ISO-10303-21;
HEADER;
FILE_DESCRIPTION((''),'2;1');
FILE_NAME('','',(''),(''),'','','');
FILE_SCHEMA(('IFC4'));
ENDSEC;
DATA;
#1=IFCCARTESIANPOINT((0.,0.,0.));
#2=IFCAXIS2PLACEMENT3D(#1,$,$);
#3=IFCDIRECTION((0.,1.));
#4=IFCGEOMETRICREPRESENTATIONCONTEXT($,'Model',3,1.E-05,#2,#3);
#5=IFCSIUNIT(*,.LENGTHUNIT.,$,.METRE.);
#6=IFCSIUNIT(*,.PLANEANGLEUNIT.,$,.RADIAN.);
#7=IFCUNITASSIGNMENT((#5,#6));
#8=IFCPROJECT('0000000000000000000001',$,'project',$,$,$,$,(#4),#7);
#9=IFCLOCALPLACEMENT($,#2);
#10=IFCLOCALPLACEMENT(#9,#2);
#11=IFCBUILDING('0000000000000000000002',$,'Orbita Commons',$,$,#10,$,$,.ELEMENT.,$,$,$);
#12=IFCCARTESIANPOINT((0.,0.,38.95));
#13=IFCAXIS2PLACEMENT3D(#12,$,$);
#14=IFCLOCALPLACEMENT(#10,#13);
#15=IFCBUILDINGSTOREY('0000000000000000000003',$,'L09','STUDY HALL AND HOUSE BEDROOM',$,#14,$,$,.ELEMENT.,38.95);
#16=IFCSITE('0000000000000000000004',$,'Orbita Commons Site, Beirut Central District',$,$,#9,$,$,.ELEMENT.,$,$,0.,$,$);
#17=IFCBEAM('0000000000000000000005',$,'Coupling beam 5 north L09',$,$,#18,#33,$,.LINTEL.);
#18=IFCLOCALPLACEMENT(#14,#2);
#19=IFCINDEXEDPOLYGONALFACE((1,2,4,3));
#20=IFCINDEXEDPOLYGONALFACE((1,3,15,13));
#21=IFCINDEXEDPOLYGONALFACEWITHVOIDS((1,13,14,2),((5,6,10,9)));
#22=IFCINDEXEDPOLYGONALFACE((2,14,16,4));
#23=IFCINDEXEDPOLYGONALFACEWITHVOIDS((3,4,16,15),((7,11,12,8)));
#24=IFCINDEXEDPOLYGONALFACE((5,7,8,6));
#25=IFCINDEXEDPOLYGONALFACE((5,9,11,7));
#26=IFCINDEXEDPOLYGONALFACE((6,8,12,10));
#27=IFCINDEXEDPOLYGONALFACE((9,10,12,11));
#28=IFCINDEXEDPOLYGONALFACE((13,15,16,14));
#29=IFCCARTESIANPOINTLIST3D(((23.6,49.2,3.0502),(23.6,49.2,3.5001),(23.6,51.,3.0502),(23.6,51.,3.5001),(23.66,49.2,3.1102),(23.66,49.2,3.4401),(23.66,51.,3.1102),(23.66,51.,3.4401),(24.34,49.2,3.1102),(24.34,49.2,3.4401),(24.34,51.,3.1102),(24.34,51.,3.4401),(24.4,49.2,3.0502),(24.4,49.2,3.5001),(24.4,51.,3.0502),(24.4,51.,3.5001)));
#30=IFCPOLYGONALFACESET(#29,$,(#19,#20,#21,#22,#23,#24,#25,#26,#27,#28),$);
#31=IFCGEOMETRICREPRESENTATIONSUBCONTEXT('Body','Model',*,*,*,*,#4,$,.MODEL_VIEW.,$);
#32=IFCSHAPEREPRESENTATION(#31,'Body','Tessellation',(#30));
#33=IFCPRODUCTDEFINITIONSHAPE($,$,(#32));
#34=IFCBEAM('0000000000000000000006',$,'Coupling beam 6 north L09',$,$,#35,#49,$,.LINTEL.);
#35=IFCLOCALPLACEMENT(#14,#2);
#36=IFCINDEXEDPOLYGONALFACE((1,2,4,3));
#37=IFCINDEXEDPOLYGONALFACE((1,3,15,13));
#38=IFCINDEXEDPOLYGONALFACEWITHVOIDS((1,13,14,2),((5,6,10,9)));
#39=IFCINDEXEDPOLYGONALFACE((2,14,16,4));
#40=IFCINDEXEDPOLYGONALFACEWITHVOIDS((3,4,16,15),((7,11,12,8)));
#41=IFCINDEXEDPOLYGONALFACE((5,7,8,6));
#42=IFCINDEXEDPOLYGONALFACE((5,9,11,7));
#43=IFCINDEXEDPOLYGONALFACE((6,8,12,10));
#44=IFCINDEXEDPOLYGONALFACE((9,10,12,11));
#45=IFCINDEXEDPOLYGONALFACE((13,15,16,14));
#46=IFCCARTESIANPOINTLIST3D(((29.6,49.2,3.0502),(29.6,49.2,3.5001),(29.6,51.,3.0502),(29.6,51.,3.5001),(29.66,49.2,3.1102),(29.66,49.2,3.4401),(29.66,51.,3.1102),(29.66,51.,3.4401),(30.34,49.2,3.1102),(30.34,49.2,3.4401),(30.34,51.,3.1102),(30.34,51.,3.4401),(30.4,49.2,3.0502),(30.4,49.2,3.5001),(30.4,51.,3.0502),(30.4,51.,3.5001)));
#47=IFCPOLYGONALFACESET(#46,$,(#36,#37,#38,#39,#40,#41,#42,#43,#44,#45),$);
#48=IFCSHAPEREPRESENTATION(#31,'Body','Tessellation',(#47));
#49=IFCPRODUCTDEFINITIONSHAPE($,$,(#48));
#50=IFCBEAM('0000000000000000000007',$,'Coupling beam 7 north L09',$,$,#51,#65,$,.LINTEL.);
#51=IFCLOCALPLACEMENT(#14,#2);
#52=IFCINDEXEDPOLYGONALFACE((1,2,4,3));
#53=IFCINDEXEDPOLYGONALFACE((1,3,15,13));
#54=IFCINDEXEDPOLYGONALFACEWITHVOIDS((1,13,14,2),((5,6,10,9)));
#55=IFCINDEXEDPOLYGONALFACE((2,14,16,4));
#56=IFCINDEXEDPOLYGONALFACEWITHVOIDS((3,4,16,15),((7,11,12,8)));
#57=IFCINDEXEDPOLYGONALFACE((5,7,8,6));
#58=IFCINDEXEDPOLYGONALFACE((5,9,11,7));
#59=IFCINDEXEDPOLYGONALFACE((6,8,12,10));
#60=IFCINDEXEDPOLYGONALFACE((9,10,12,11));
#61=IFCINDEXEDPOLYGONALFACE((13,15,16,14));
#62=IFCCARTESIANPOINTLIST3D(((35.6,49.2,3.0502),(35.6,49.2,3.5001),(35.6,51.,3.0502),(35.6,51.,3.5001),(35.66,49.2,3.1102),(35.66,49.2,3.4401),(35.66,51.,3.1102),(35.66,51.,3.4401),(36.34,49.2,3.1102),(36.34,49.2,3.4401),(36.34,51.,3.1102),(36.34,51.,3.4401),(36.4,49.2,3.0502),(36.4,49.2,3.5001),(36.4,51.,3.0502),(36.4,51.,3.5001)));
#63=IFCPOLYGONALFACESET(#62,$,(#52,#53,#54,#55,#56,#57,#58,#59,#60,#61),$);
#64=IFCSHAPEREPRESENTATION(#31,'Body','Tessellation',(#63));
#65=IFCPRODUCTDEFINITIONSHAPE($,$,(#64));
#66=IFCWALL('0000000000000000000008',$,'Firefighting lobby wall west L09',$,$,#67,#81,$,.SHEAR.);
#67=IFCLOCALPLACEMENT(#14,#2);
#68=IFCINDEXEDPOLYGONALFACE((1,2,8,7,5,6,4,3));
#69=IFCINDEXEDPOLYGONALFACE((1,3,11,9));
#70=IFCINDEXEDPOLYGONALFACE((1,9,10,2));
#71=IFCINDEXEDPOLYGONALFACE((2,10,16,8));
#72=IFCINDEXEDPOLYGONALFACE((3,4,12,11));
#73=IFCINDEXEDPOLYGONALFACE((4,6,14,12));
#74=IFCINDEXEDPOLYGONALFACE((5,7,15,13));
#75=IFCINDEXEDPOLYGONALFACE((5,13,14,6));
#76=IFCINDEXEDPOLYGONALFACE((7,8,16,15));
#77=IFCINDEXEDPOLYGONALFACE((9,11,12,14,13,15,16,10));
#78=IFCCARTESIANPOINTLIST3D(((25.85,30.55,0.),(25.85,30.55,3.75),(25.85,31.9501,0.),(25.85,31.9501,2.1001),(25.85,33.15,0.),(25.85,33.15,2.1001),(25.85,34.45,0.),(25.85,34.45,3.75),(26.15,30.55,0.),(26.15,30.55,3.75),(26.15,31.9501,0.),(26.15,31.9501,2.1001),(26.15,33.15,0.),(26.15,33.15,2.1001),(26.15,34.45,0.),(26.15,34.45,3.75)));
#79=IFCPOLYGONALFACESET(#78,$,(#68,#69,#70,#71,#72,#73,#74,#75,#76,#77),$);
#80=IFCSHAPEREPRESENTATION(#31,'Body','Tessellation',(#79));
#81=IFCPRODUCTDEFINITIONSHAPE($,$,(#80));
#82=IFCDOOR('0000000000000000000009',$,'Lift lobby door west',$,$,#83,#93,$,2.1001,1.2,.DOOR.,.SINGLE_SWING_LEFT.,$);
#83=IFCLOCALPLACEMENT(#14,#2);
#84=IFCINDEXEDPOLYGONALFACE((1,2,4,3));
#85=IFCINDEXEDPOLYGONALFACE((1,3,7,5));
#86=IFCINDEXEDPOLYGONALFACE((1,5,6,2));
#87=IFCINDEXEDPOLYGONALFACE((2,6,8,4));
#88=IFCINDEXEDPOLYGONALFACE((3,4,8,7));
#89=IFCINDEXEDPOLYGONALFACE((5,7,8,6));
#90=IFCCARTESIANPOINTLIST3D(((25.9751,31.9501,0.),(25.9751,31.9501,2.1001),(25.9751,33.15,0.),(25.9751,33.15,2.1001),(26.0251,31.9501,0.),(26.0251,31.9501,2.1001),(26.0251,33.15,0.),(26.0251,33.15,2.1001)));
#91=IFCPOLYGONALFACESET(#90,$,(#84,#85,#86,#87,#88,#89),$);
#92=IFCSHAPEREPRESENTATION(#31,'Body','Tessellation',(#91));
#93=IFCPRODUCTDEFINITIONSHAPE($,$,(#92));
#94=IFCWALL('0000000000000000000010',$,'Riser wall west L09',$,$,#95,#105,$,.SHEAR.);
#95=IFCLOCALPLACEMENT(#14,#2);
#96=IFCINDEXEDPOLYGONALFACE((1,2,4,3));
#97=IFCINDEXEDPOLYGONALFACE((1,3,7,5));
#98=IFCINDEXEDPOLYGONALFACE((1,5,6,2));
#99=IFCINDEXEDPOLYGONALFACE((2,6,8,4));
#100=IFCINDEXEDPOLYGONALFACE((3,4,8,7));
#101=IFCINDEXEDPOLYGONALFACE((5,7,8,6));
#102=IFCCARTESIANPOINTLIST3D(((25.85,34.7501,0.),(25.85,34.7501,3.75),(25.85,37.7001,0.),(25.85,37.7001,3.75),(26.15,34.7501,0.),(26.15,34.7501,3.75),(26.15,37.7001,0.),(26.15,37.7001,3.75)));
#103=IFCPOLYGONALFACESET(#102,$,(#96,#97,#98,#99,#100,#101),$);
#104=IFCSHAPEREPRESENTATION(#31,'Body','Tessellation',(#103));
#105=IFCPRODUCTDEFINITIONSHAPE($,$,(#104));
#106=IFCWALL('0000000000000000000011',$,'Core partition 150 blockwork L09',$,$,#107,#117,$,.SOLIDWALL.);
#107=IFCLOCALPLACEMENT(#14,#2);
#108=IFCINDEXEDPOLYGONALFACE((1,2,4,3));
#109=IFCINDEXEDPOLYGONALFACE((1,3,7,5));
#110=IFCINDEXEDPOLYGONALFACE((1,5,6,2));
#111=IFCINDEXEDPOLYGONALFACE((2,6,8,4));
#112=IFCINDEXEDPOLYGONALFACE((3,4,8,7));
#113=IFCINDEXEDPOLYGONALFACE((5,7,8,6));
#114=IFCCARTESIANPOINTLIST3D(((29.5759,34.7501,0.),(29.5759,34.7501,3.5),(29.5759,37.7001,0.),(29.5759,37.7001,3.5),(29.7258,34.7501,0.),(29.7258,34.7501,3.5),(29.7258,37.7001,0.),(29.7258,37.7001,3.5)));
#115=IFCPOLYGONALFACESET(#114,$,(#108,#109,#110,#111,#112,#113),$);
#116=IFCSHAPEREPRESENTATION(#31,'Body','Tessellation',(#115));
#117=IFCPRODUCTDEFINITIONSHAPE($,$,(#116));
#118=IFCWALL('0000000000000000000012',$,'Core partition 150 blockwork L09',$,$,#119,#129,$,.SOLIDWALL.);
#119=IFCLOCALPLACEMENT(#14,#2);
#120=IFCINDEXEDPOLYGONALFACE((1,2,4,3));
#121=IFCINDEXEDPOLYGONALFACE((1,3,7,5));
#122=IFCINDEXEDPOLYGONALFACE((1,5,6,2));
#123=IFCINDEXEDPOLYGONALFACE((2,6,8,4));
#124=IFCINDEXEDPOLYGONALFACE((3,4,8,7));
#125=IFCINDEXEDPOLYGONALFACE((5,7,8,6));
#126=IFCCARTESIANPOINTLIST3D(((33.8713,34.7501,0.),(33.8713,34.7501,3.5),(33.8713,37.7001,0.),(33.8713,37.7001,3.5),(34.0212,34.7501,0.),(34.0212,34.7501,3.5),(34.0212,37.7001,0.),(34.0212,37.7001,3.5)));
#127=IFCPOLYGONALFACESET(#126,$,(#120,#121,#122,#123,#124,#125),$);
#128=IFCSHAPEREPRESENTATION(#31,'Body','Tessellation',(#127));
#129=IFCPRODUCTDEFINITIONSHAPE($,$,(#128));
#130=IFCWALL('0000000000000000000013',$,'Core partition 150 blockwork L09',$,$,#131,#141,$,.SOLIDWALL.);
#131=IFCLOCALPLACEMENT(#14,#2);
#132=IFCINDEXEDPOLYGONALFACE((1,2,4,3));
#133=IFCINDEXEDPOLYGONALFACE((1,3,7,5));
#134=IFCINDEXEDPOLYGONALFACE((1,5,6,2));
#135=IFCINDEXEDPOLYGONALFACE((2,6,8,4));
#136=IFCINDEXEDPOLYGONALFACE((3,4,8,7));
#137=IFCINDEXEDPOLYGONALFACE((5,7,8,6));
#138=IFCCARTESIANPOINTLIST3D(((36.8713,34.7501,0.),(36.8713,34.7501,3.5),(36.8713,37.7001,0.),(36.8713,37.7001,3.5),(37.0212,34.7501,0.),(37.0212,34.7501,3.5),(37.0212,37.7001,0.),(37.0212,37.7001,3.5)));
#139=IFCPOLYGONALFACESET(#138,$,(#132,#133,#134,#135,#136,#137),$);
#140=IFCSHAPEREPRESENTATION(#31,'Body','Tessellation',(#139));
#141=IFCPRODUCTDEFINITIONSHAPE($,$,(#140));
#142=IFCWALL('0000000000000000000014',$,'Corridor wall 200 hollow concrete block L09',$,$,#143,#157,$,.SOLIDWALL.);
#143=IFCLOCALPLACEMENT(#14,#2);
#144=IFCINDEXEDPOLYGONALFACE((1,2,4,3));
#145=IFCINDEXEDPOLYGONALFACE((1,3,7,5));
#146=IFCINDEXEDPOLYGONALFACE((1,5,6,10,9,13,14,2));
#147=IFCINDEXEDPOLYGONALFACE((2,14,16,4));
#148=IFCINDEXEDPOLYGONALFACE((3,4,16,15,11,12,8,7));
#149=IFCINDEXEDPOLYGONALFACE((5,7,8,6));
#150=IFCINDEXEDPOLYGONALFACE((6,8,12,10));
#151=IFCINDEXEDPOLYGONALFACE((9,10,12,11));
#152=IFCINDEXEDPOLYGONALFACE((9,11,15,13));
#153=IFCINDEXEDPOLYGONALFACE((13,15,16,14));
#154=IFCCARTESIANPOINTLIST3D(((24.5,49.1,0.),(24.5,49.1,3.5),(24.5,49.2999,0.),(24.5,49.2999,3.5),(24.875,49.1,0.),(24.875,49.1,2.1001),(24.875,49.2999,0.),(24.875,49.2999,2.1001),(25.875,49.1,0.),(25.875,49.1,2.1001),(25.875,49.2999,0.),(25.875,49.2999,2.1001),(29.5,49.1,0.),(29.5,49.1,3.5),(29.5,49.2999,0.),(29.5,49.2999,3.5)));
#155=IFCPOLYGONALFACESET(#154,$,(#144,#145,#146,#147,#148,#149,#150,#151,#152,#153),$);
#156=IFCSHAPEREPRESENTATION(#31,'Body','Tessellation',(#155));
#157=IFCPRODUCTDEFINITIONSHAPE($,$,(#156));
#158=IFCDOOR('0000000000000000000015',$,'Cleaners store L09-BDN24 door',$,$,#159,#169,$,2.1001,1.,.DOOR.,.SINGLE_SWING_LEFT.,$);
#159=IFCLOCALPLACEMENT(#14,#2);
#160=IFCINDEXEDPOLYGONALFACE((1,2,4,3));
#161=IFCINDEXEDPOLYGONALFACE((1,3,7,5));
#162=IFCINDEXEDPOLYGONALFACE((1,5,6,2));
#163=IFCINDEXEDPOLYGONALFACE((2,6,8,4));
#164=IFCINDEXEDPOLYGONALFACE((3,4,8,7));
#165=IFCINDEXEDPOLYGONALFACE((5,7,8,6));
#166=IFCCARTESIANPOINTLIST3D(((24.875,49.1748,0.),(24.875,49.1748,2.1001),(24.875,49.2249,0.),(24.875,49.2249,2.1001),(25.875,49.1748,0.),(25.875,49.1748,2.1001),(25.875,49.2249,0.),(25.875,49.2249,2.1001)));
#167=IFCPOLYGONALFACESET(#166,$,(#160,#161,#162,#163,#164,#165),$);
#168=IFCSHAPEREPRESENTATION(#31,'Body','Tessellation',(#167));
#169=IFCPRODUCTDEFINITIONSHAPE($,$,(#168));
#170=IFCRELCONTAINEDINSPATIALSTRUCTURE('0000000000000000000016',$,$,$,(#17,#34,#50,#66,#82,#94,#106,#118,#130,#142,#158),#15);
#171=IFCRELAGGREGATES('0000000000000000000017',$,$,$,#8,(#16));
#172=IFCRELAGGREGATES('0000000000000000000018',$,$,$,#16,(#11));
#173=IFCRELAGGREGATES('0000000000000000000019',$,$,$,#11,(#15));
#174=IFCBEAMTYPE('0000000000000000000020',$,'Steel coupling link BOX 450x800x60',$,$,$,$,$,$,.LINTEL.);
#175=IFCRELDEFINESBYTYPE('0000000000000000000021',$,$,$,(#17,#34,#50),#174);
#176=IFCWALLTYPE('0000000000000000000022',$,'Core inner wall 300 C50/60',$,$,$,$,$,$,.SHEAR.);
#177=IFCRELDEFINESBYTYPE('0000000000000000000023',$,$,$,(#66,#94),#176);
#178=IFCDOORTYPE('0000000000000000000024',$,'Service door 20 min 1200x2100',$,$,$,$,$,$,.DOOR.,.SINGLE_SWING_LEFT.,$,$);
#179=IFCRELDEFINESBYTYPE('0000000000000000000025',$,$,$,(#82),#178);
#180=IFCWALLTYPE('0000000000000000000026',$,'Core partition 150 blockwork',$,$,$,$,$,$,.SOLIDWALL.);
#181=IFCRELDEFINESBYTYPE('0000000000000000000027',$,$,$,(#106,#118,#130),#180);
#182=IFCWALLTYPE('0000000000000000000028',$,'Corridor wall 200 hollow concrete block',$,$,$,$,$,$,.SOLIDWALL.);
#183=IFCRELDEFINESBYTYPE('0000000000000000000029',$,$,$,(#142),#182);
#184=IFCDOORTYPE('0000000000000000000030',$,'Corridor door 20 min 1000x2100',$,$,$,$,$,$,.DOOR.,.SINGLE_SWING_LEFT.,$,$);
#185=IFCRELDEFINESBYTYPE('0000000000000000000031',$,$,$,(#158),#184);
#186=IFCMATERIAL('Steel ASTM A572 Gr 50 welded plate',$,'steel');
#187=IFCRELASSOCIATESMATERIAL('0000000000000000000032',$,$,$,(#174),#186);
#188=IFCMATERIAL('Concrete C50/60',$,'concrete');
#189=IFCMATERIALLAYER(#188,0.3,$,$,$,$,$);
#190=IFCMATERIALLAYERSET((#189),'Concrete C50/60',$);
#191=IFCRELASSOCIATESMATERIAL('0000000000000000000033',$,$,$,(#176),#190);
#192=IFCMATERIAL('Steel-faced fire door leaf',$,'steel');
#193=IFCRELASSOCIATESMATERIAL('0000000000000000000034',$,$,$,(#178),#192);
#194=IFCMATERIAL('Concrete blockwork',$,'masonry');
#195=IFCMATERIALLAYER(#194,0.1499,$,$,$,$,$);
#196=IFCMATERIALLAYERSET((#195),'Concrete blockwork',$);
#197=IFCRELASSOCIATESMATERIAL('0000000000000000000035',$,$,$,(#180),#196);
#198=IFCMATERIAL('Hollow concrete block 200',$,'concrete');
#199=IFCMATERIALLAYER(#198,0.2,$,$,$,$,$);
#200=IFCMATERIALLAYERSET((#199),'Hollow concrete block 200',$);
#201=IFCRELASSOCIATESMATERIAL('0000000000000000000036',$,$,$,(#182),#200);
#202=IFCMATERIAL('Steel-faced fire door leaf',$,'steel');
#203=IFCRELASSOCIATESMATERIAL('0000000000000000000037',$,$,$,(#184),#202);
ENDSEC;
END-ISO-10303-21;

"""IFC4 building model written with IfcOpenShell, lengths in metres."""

from ifc_helpers import new_model, si_unit, direction, frame, frame_2d, origin, origin_2d, place, context, subcontext, project, spatial, rectangle, hollow_rectangle, extrude, material, layer, layer_set, material_profile, profile_set, type_object, element, fill, save


model = new_model("IFC4")

# Units and contexts
model_context = context("Model", 3, precision=1e-05, world=origin(), true_north=direction((0.0, 1.0)))
body_context = subcontext(model_context, "Body", "Model", "MODEL_VIEW")
ifc_project = project(units=[si_unit("LENGTHUNIT", "METRE"), si_unit("PLANEANGLEUNIT", "RADIAN")], contexts=[model_context])

# Site, building, storey
site_placement = place(None, origin())
site = spatial("IfcSite", under=ifc_project, at=site_placement, Name="Orbita Commons Site, Beirut Central District", CompositionType="ELEMENT", RefElevation=0.0)
building_placement = place(site_placement, origin())
building = spatial("IfcBuilding", under=site, at=building_placement, Name="Orbita Commons", CompositionType="ELEMENT")
storey_placement = place(building_placement, frame((0.0, 0.0, 38.95)))
storey = spatial("IfcBuildingStorey", under=building, at=storey_placement, Name="L09", Description="STUDY HALL AND HOUSE BEDROOM", CompositionType="ELEMENT", Elevation=38.95)

# Beams
ifc_material_1 = material(Name="Steel ASTM A572 Gr 50 welded plate", Category="steel")
ifc_material_profile = material_profile(ifc_material_1, hollow_rectangle(XDim=0.8, YDim=0.45, WallThickness=0.0601, at=origin_2d()), Name="BOX 450x800x60")
ifc_profile_set = profile_set([ifc_material_profile], Name="Steel ASTM A572 Gr 50 welded plate")
beam_type = type_object("IfcBeamType", Name="Steel coupling link BOX 450x800x60", PredefinedType="LINTEL", material=ifc_profile_set)
for number, where, z_axis, x_axis, name in (
    (1, (24.0, 49.2, 3.2751), (0.0, 1.0, 0.0), (-1.0, 0.0, 0.0), "Coupling beam 5 north L09"),
    (2, (30.0, 49.2, 3.2751), (0.0, 1.0, 0.0), (-1.0, 0.0, 0.0), "Coupling beam 6 north L09"),
    (3, (36.0, 49.2, 3.2751), (0.0, 1.0, 0.0), (-1.0, 0.0, 0.0), "Coupling beam 7 north L09"),
):
    element("IfcBeam", number, at=place(storey_placement, frame(where, z_axis=z_axis, x_axis=x_axis)), inside=storey, type_object=beam_type, Name=name, PredefinedType="LINTEL", context=body_context, shape_type="SweptSolid", body=[
        extrude(hollow_rectangle(XDim=0.8, YDim=0.45, WallThickness=0.0601, at=origin_2d()), origin(), (0.0, 0.0, 1.0), 1.8),
    ])

# Wall, opening, door
ifc_material_2 = material(Name="Concrete C50/60", Category="concrete")
ifc_layer_1 = layer(ifc_material_2, 0.3)
ifc_layer_set_1 = layer_set([ifc_layer_1], Name="Concrete C50/60")
wall_type_1 = type_object("IfcWallType", Name="Core inner wall 300 C50/60", PredefinedType="SHEAR", material=ifc_layer_set_1)
wall_1_placement = place(storey_placement, frame((26.0, 30.55, 0.0), z_axis=(0.0, 0.0, 1.0), x_axis=(0.0, 1.0, 0.0)))
wall_1 = element("IfcWall", 4, at=wall_1_placement, inside=storey, type_object=wall_type_1, Name="Firefighting lobby wall west L09", PredefinedType="SHEAR", context=body_context, shape_type="SweptSolid", body=[
    extrude(rectangle(XDim=3.8999, YDim=0.3, at=frame_2d((1.95, 0.0))), origin(), (0.0, 0.0, 1.0), 3.75),
])
opening_1_placement = place(wall_1_placement, frame((1.3999, 0.0, 0.0)))
opening_1 = element("IfcOpeningElement", 5, at=opening_1_placement, cuts=wall_1, PredefinedType="OPENING", context=body_context, shape_type="SweptSolid", body=[
    extrude(rectangle(XDim=1.2, YDim=2.1001, at=frame_2d((0.6001, 1.05))), frame((0.0, 0.1599, 0.0), z_axis=(0.0, -1.0, 0.0), x_axis=(1.0, 0.0, 0.0)), (0.0, 0.0, 1.0), 0.3201),
])
ifc_material_3 = material(Name="Steel-faced fire door leaf", Category="steel")
door_type_1 = type_object("IfcDoorType", Name="Service door 20 min 1200x2100", OperationType="SINGLE_SWING_LEFT", PredefinedType="DOOR", material=ifc_material_3)
door_1_placement = place(opening_1_placement, origin())
door_1 = element("IfcDoor", 6, at=door_1_placement, inside=storey, type_object=door_type_1, Name="Lift lobby door west", OperationType="SINGLE_SWING_LEFT", OverallHeight=2.1001, OverallWidth=1.2, PredefinedType="DOOR", context=body_context, shape_type="SweptSolid", body=[
    extrude(rectangle(XDim=1.2, YDim=2.1001, at=frame_2d((0.6001, 1.05))), frame((0.0, 0.0249, 0.0), z_axis=(0.0, -1.0, 0.0), x_axis=(1.0, 0.0, 0.0)), (0.0, 0.0, 1.0), 0.05),
])
fill(opening_1, door_1)

# Walls
wall_2_placement = place(storey_placement, frame((26.0, 34.75, 0.0), z_axis=(0.0, 0.0, 1.0), x_axis=(0.0, 1.0, 0.0)))
element("IfcWall", 7, at=wall_2_placement, inside=storey, type_object=wall_type_1, Name="Riser wall west L09", PredefinedType="SHEAR", context=body_context, shape_type="SweptSolid", body=[
    extrude(rectangle(XDim=2.95, YDim=0.3, at=frame_2d((1.4751, 0.0))), origin(), (0.0, 0.0, 1.0), 3.75),
])
ifc_material_4 = material(Name="Concrete blockwork", Category="masonry")
ifc_layer_2 = layer(ifc_material_4, 0.1499)
ifc_layer_set_2 = layer_set([ifc_layer_2], Name="Concrete blockwork")
wall_type_2 = type_object("IfcWallType", Name="Core partition 150 blockwork", PredefinedType="SOLIDWALL", material=ifc_layer_set_2)
for number, where, z_axis, x_axis, name in (
    (8, (29.6509, 34.75, 0.0), (0.0, 0.0, 1.0), (0.0, 1.0, 0.0), "Core partition 150 blockwork L09"),
    (9, (33.9463, 34.75, 0.0), (0.0, 0.0, 1.0), (0.0, 1.0, 0.0), "Core partition 150 blockwork L09"),
    (10, (36.9463, 34.75, 0.0), (0.0, 0.0, 1.0), (0.0, 1.0, 0.0), "Core partition 150 blockwork L09"),
):
    element("IfcWall", number, at=place(storey_placement, frame(where, z_axis=z_axis, x_axis=x_axis)), inside=storey, type_object=wall_type_2, Name=name, PredefinedType="SOLIDWALL", context=body_context, shape_type="SweptSolid", body=[
        extrude(rectangle(XDim=2.95, YDim=0.1499, at=frame_2d((1.4751, 0.0))), origin(), (0.0, 0.0, 1.0), 3.5),
    ])

# Wall, opening, door
ifc_material_5 = material(Name="Hollow concrete block 200", Category="concrete")
ifc_layer_3 = layer(ifc_material_5, 0.2)
ifc_layer_set_3 = layer_set([ifc_layer_3], Name="Hollow concrete block 200")
wall_type_3 = type_object("IfcWallType", Name="Corridor wall 200 hollow concrete block", PredefinedType="SOLIDWALL", material=ifc_layer_set_3)
wall_3_placement = place(storey_placement, frame((24.5, 49.2, 0.0), z_axis=(0.0, 0.0, 1.0), x_axis=(1.0, 0.0, 0.0)))
wall_3 = element("IfcWall", 11, at=wall_3_placement, inside=storey, type_object=wall_type_3, Name="Corridor wall 200 hollow concrete block L09", PredefinedType="SOLIDWALL", context=body_context, shape_type="SweptSolid", body=[
    extrude(rectangle(XDim=5.0, YDim=0.2, at=frame_2d((2.5, 0.0))), origin(), (0.0, 0.0, 1.0), 3.5),
])
opening_2_placement = place(wall_3_placement, frame((0.375, 0.0, 0.0)))
opening_2 = element("IfcOpeningElement", 12, at=opening_2_placement, cuts=wall_3, PredefinedType="OPENING", context=body_context, shape_type="SweptSolid", body=[
    extrude(rectangle(XDim=1.0, YDim=2.1001, at=frame_2d((0.5, 1.05))), frame((0.0, 0.1099, 0.0), z_axis=(0.0, -1.0, 0.0), x_axis=(1.0, 0.0, 0.0)), (0.0, 0.0, 1.0), 0.22),
])
ifc_material_6 = material(Name="Steel-faced fire door leaf", Category="steel")
door_type_2 = type_object("IfcDoorType", Name="Corridor door 20 min 1000x2100", OperationType="SINGLE_SWING_LEFT", PredefinedType="DOOR", material=ifc_material_6)
door_2_placement = place(opening_2_placement, origin())
door_2 = element("IfcDoor", 13, at=door_2_placement, inside=storey, type_object=door_type_2, Name="Cleaners store L09-BDN24 door", OperationType="SINGLE_SWING_LEFT", OverallHeight=2.1001, OverallWidth=1.0, PredefinedType="DOOR", context=body_context, shape_type="SweptSolid", body=[
    extrude(rectangle(XDim=1.0, YDim=2.1001, at=frame_2d((0.5, 1.05))), frame((0.0, 0.0249, 0.0), z_axis=(0.0, -1.0, 0.0), x_axis=(1.0, 0.0, 0.0)), (0.0, 0.0, 1.0), 0.05),
])
fill(opening_2, door_2)

save(model, "model.ifc")
